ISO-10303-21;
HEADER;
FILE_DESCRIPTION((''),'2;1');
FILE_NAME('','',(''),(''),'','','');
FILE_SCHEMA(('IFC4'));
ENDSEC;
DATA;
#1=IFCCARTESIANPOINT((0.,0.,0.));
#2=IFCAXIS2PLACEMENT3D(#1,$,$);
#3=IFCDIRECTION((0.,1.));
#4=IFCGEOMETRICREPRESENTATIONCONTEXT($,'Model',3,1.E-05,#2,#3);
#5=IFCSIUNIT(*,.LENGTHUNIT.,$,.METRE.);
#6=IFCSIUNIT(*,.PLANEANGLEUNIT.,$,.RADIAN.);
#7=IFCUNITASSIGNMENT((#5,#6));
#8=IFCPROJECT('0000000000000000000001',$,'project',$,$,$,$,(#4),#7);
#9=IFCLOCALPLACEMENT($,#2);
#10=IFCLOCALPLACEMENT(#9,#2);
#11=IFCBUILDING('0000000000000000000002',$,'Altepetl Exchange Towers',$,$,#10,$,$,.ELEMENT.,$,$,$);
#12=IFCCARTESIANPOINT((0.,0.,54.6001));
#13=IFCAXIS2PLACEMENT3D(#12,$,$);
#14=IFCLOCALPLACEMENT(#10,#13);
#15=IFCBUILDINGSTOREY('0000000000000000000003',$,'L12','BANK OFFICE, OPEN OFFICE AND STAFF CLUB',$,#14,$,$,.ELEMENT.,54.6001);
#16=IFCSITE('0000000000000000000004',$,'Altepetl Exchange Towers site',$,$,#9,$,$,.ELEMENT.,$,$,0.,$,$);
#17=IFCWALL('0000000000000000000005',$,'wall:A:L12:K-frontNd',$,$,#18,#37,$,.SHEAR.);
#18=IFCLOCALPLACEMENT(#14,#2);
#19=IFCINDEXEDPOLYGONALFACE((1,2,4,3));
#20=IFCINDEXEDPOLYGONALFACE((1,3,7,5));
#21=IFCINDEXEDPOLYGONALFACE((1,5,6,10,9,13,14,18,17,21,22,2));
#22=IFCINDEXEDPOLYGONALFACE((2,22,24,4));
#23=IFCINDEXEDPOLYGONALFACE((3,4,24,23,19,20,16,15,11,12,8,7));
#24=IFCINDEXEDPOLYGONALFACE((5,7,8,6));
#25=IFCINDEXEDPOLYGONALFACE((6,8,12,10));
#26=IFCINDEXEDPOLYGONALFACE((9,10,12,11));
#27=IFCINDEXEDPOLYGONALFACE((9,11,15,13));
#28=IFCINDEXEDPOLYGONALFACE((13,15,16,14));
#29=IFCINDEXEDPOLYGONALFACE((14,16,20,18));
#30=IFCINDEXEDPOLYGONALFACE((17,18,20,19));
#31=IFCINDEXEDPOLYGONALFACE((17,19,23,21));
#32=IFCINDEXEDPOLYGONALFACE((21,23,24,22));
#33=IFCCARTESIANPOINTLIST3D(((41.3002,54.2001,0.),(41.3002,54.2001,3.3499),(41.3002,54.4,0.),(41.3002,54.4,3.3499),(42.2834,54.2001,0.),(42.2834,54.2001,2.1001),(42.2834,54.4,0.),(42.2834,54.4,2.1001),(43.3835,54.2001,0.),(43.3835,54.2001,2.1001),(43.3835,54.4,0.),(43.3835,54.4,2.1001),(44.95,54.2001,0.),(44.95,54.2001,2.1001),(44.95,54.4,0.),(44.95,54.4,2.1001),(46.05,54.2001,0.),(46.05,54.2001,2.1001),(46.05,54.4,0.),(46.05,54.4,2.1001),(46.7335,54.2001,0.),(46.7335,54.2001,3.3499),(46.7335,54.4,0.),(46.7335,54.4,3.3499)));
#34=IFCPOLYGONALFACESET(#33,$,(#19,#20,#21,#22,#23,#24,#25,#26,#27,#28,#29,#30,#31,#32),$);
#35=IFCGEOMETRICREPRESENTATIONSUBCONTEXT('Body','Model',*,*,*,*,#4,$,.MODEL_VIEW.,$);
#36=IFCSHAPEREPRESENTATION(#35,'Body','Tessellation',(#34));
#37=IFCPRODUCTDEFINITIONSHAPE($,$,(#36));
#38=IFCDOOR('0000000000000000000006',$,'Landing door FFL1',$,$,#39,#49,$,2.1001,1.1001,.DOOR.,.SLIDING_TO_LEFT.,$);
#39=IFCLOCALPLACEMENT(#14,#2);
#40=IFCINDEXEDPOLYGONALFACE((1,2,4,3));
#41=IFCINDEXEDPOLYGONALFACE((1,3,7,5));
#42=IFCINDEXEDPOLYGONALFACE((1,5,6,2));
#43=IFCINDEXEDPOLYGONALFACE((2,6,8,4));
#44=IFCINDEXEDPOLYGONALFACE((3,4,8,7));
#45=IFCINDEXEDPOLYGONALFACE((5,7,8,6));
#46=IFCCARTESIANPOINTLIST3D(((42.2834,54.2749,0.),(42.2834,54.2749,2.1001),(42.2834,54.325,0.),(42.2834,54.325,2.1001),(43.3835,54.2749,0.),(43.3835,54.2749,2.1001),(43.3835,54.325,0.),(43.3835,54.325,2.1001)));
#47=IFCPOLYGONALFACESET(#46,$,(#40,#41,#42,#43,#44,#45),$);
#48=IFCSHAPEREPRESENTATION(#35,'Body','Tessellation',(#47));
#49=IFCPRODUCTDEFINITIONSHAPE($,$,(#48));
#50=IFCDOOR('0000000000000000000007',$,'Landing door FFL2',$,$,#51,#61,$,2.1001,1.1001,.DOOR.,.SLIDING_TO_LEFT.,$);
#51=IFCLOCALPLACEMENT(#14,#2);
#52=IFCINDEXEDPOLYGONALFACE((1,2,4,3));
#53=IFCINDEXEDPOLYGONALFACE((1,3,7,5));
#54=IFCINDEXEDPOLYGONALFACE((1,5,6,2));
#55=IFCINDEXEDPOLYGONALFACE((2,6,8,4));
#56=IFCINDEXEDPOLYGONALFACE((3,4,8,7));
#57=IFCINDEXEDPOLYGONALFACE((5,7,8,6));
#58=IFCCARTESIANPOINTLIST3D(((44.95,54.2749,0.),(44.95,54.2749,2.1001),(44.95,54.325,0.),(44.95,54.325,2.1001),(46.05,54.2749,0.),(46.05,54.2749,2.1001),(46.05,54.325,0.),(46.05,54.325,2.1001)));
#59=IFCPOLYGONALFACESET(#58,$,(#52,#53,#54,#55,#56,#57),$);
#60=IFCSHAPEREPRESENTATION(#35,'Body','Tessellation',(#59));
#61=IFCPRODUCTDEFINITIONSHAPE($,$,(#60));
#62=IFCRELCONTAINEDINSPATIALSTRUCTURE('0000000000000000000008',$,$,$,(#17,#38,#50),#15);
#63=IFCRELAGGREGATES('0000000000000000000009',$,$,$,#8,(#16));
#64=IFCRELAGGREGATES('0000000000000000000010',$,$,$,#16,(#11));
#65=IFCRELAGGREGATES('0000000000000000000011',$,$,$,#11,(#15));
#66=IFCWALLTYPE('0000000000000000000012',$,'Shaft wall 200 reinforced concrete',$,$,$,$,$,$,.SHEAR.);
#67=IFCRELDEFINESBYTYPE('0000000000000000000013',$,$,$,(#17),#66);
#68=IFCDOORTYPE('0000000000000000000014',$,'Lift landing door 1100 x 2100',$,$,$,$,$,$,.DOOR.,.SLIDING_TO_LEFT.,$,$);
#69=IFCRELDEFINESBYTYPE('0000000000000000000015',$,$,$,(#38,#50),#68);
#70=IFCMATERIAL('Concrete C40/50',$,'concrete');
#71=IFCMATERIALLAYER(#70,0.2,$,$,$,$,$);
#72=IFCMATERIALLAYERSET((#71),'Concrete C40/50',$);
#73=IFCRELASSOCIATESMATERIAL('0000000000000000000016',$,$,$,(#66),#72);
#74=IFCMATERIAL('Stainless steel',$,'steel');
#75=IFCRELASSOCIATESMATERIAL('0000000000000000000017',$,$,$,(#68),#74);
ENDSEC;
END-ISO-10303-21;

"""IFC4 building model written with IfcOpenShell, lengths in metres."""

from ifc_helpers import new_model, si_unit, direction, frame, frame_2d, origin, place, context, subcontext, project, spatial, rectangle, extrude, material, layer, layer_set, type_object, element, fill, save


model = new_model("IFC4")

# Units and contexts
model_context = context("Model", 3, precision=1e-05, world=origin(), true_north=direction((0.0, 1.0)))
body_context = subcontext(model_context, "Body", "Model", "MODEL_VIEW")
ifc_project = project(units=[si_unit("LENGTHUNIT", "METRE"), si_unit("PLANEANGLEUNIT", "RADIAN")], contexts=[model_context])

# Site, building, storey
site_placement = place(None, origin())
site = spatial("IfcSite", under=ifc_project, at=site_placement, Name="Altepetl Exchange Towers site", CompositionType="ELEMENT", RefElevation=0.0)
building_placement = place(site_placement, origin())
building = spatial("IfcBuilding", under=site, at=building_placement, Name="Altepetl Exchange Towers", CompositionType="ELEMENT")
storey_placement = place(building_placement, frame((0.0, 0.0, 54.6001)))
storey = spatial("IfcBuildingStorey", under=building, at=storey_placement, Name="L12", Description="BANK OFFICE, OPEN OFFICE AND STAFF CLUB", CompositionType="ELEMENT", Elevation=54.6001)

# Wall, openings, doors
ifc_material_1 = material(Name="Concrete C40/50", Category="concrete")
ifc_layer_1 = layer(ifc_material_1, 0.2)
ifc_layer_set_1 = layer_set([ifc_layer_1], Name="Concrete C40/50")
wall_type_1 = type_object("IfcWallType", Name="Shaft wall 200 reinforced concrete", PredefinedType="SHEAR", material=ifc_layer_set_1)
wall_1_placement = place(storey_placement, frame((41.3, 54.3, 0.0)))
wall_1 = element("IfcWall", 1, at=wall_1_placement, inside=storey, type_object=wall_type_1, Name="wall:A:L12:K-frontNd", PredefinedType="SHEAR", context=body_context, shape_type="SweptSolid", body=[
    extrude(rectangle(XDim=5.4333, YDim=0.2, at=frame_2d((2.7168, 0.0))), origin(), (0.0, 0.0, 1.0), 3.3499),
])
opening_1_placement = place(wall_1_placement, frame((0.9834, 0.0, 0.0)))
opening_1 = element("IfcOpeningElement", 2, at=opening_1_placement, cuts=wall_1, PredefinedType="OPENING", context=body_context, shape_type="SweptSolid", body=[
    extrude(rectangle(XDim=1.1001, YDim=2.1001, at=frame_2d((0.55, 1.05))), frame((0.0, 0.1099, 0.0), z_axis=(0.0, -1.0, 0.0), x_axis=(1.0, 0.0, 0.0)), (0.0, 0.0, 1.0), 0.22),
])
opening_2_placement = place(wall_1_placement, frame((3.6499, 0.0, 0.0)))
opening_2 = element("IfcOpeningElement", 3, at=opening_2_placement, cuts=wall_1, PredefinedType="OPENING", context=body_context, shape_type="SweptSolid", body=[
    extrude(rectangle(XDim=1.1001, YDim=2.1001, at=frame_2d((0.55, 1.05))), frame((0.0, 0.1099, 0.0), z_axis=(0.0, -1.0, 0.0), x_axis=(1.0, 0.0, 0.0)), (0.0, 0.0, 1.0), 0.22),
])
ifc_material_2 = material(Name="Stainless steel", Category="steel")
door_type_1 = type_object("IfcDoorType", Name="Lift landing door 1100 x 2100", OperationType="SLIDING_TO_LEFT", PredefinedType="DOOR", material=ifc_material_2)
door_1_placement = place(opening_1_placement, origin())
door_1 = element("IfcDoor", 4, at=door_1_placement, inside=storey, type_object=door_type_1, Name="Landing door FFL1", OperationType="SLIDING_TO_LEFT", OverallHeight=2.1001, OverallWidth=1.1001, PredefinedType="DOOR", context=body_context, shape_type="SweptSolid", body=[
    extrude(rectangle(XDim=1.1001, YDim=2.1001, at=frame_2d((0.55, 1.05))), frame((0.0, 0.0249, 0.0), z_axis=(0.0, -1.0, 0.0), x_axis=(1.0, 0.0, 0.0)), (0.0, 0.0, 1.0), 0.05),
])
fill(opening_1, door_1)
door_2_placement = place(opening_2_placement, origin())
door_2 = element("IfcDoor", 5, at=door_2_placement, inside=storey, type_object=door_type_1, Name="Landing door FFL2", OperationType="SLIDING_TO_LEFT", OverallHeight=2.1001, OverallWidth=1.1001, PredefinedType="DOOR", context=body_context, shape_type="SweptSolid", body=[
    extrude(rectangle(XDim=1.1001, YDim=2.1001, at=frame_2d((0.55, 1.05))), frame((0.0, 0.0249, 0.0), z_axis=(0.0, -1.0, 0.0), x_axis=(1.0, 0.0, 0.0)), (0.0, 0.0, 1.0), 0.05),
])
fill(opening_2, door_2)

save(model, "model.ifc")
